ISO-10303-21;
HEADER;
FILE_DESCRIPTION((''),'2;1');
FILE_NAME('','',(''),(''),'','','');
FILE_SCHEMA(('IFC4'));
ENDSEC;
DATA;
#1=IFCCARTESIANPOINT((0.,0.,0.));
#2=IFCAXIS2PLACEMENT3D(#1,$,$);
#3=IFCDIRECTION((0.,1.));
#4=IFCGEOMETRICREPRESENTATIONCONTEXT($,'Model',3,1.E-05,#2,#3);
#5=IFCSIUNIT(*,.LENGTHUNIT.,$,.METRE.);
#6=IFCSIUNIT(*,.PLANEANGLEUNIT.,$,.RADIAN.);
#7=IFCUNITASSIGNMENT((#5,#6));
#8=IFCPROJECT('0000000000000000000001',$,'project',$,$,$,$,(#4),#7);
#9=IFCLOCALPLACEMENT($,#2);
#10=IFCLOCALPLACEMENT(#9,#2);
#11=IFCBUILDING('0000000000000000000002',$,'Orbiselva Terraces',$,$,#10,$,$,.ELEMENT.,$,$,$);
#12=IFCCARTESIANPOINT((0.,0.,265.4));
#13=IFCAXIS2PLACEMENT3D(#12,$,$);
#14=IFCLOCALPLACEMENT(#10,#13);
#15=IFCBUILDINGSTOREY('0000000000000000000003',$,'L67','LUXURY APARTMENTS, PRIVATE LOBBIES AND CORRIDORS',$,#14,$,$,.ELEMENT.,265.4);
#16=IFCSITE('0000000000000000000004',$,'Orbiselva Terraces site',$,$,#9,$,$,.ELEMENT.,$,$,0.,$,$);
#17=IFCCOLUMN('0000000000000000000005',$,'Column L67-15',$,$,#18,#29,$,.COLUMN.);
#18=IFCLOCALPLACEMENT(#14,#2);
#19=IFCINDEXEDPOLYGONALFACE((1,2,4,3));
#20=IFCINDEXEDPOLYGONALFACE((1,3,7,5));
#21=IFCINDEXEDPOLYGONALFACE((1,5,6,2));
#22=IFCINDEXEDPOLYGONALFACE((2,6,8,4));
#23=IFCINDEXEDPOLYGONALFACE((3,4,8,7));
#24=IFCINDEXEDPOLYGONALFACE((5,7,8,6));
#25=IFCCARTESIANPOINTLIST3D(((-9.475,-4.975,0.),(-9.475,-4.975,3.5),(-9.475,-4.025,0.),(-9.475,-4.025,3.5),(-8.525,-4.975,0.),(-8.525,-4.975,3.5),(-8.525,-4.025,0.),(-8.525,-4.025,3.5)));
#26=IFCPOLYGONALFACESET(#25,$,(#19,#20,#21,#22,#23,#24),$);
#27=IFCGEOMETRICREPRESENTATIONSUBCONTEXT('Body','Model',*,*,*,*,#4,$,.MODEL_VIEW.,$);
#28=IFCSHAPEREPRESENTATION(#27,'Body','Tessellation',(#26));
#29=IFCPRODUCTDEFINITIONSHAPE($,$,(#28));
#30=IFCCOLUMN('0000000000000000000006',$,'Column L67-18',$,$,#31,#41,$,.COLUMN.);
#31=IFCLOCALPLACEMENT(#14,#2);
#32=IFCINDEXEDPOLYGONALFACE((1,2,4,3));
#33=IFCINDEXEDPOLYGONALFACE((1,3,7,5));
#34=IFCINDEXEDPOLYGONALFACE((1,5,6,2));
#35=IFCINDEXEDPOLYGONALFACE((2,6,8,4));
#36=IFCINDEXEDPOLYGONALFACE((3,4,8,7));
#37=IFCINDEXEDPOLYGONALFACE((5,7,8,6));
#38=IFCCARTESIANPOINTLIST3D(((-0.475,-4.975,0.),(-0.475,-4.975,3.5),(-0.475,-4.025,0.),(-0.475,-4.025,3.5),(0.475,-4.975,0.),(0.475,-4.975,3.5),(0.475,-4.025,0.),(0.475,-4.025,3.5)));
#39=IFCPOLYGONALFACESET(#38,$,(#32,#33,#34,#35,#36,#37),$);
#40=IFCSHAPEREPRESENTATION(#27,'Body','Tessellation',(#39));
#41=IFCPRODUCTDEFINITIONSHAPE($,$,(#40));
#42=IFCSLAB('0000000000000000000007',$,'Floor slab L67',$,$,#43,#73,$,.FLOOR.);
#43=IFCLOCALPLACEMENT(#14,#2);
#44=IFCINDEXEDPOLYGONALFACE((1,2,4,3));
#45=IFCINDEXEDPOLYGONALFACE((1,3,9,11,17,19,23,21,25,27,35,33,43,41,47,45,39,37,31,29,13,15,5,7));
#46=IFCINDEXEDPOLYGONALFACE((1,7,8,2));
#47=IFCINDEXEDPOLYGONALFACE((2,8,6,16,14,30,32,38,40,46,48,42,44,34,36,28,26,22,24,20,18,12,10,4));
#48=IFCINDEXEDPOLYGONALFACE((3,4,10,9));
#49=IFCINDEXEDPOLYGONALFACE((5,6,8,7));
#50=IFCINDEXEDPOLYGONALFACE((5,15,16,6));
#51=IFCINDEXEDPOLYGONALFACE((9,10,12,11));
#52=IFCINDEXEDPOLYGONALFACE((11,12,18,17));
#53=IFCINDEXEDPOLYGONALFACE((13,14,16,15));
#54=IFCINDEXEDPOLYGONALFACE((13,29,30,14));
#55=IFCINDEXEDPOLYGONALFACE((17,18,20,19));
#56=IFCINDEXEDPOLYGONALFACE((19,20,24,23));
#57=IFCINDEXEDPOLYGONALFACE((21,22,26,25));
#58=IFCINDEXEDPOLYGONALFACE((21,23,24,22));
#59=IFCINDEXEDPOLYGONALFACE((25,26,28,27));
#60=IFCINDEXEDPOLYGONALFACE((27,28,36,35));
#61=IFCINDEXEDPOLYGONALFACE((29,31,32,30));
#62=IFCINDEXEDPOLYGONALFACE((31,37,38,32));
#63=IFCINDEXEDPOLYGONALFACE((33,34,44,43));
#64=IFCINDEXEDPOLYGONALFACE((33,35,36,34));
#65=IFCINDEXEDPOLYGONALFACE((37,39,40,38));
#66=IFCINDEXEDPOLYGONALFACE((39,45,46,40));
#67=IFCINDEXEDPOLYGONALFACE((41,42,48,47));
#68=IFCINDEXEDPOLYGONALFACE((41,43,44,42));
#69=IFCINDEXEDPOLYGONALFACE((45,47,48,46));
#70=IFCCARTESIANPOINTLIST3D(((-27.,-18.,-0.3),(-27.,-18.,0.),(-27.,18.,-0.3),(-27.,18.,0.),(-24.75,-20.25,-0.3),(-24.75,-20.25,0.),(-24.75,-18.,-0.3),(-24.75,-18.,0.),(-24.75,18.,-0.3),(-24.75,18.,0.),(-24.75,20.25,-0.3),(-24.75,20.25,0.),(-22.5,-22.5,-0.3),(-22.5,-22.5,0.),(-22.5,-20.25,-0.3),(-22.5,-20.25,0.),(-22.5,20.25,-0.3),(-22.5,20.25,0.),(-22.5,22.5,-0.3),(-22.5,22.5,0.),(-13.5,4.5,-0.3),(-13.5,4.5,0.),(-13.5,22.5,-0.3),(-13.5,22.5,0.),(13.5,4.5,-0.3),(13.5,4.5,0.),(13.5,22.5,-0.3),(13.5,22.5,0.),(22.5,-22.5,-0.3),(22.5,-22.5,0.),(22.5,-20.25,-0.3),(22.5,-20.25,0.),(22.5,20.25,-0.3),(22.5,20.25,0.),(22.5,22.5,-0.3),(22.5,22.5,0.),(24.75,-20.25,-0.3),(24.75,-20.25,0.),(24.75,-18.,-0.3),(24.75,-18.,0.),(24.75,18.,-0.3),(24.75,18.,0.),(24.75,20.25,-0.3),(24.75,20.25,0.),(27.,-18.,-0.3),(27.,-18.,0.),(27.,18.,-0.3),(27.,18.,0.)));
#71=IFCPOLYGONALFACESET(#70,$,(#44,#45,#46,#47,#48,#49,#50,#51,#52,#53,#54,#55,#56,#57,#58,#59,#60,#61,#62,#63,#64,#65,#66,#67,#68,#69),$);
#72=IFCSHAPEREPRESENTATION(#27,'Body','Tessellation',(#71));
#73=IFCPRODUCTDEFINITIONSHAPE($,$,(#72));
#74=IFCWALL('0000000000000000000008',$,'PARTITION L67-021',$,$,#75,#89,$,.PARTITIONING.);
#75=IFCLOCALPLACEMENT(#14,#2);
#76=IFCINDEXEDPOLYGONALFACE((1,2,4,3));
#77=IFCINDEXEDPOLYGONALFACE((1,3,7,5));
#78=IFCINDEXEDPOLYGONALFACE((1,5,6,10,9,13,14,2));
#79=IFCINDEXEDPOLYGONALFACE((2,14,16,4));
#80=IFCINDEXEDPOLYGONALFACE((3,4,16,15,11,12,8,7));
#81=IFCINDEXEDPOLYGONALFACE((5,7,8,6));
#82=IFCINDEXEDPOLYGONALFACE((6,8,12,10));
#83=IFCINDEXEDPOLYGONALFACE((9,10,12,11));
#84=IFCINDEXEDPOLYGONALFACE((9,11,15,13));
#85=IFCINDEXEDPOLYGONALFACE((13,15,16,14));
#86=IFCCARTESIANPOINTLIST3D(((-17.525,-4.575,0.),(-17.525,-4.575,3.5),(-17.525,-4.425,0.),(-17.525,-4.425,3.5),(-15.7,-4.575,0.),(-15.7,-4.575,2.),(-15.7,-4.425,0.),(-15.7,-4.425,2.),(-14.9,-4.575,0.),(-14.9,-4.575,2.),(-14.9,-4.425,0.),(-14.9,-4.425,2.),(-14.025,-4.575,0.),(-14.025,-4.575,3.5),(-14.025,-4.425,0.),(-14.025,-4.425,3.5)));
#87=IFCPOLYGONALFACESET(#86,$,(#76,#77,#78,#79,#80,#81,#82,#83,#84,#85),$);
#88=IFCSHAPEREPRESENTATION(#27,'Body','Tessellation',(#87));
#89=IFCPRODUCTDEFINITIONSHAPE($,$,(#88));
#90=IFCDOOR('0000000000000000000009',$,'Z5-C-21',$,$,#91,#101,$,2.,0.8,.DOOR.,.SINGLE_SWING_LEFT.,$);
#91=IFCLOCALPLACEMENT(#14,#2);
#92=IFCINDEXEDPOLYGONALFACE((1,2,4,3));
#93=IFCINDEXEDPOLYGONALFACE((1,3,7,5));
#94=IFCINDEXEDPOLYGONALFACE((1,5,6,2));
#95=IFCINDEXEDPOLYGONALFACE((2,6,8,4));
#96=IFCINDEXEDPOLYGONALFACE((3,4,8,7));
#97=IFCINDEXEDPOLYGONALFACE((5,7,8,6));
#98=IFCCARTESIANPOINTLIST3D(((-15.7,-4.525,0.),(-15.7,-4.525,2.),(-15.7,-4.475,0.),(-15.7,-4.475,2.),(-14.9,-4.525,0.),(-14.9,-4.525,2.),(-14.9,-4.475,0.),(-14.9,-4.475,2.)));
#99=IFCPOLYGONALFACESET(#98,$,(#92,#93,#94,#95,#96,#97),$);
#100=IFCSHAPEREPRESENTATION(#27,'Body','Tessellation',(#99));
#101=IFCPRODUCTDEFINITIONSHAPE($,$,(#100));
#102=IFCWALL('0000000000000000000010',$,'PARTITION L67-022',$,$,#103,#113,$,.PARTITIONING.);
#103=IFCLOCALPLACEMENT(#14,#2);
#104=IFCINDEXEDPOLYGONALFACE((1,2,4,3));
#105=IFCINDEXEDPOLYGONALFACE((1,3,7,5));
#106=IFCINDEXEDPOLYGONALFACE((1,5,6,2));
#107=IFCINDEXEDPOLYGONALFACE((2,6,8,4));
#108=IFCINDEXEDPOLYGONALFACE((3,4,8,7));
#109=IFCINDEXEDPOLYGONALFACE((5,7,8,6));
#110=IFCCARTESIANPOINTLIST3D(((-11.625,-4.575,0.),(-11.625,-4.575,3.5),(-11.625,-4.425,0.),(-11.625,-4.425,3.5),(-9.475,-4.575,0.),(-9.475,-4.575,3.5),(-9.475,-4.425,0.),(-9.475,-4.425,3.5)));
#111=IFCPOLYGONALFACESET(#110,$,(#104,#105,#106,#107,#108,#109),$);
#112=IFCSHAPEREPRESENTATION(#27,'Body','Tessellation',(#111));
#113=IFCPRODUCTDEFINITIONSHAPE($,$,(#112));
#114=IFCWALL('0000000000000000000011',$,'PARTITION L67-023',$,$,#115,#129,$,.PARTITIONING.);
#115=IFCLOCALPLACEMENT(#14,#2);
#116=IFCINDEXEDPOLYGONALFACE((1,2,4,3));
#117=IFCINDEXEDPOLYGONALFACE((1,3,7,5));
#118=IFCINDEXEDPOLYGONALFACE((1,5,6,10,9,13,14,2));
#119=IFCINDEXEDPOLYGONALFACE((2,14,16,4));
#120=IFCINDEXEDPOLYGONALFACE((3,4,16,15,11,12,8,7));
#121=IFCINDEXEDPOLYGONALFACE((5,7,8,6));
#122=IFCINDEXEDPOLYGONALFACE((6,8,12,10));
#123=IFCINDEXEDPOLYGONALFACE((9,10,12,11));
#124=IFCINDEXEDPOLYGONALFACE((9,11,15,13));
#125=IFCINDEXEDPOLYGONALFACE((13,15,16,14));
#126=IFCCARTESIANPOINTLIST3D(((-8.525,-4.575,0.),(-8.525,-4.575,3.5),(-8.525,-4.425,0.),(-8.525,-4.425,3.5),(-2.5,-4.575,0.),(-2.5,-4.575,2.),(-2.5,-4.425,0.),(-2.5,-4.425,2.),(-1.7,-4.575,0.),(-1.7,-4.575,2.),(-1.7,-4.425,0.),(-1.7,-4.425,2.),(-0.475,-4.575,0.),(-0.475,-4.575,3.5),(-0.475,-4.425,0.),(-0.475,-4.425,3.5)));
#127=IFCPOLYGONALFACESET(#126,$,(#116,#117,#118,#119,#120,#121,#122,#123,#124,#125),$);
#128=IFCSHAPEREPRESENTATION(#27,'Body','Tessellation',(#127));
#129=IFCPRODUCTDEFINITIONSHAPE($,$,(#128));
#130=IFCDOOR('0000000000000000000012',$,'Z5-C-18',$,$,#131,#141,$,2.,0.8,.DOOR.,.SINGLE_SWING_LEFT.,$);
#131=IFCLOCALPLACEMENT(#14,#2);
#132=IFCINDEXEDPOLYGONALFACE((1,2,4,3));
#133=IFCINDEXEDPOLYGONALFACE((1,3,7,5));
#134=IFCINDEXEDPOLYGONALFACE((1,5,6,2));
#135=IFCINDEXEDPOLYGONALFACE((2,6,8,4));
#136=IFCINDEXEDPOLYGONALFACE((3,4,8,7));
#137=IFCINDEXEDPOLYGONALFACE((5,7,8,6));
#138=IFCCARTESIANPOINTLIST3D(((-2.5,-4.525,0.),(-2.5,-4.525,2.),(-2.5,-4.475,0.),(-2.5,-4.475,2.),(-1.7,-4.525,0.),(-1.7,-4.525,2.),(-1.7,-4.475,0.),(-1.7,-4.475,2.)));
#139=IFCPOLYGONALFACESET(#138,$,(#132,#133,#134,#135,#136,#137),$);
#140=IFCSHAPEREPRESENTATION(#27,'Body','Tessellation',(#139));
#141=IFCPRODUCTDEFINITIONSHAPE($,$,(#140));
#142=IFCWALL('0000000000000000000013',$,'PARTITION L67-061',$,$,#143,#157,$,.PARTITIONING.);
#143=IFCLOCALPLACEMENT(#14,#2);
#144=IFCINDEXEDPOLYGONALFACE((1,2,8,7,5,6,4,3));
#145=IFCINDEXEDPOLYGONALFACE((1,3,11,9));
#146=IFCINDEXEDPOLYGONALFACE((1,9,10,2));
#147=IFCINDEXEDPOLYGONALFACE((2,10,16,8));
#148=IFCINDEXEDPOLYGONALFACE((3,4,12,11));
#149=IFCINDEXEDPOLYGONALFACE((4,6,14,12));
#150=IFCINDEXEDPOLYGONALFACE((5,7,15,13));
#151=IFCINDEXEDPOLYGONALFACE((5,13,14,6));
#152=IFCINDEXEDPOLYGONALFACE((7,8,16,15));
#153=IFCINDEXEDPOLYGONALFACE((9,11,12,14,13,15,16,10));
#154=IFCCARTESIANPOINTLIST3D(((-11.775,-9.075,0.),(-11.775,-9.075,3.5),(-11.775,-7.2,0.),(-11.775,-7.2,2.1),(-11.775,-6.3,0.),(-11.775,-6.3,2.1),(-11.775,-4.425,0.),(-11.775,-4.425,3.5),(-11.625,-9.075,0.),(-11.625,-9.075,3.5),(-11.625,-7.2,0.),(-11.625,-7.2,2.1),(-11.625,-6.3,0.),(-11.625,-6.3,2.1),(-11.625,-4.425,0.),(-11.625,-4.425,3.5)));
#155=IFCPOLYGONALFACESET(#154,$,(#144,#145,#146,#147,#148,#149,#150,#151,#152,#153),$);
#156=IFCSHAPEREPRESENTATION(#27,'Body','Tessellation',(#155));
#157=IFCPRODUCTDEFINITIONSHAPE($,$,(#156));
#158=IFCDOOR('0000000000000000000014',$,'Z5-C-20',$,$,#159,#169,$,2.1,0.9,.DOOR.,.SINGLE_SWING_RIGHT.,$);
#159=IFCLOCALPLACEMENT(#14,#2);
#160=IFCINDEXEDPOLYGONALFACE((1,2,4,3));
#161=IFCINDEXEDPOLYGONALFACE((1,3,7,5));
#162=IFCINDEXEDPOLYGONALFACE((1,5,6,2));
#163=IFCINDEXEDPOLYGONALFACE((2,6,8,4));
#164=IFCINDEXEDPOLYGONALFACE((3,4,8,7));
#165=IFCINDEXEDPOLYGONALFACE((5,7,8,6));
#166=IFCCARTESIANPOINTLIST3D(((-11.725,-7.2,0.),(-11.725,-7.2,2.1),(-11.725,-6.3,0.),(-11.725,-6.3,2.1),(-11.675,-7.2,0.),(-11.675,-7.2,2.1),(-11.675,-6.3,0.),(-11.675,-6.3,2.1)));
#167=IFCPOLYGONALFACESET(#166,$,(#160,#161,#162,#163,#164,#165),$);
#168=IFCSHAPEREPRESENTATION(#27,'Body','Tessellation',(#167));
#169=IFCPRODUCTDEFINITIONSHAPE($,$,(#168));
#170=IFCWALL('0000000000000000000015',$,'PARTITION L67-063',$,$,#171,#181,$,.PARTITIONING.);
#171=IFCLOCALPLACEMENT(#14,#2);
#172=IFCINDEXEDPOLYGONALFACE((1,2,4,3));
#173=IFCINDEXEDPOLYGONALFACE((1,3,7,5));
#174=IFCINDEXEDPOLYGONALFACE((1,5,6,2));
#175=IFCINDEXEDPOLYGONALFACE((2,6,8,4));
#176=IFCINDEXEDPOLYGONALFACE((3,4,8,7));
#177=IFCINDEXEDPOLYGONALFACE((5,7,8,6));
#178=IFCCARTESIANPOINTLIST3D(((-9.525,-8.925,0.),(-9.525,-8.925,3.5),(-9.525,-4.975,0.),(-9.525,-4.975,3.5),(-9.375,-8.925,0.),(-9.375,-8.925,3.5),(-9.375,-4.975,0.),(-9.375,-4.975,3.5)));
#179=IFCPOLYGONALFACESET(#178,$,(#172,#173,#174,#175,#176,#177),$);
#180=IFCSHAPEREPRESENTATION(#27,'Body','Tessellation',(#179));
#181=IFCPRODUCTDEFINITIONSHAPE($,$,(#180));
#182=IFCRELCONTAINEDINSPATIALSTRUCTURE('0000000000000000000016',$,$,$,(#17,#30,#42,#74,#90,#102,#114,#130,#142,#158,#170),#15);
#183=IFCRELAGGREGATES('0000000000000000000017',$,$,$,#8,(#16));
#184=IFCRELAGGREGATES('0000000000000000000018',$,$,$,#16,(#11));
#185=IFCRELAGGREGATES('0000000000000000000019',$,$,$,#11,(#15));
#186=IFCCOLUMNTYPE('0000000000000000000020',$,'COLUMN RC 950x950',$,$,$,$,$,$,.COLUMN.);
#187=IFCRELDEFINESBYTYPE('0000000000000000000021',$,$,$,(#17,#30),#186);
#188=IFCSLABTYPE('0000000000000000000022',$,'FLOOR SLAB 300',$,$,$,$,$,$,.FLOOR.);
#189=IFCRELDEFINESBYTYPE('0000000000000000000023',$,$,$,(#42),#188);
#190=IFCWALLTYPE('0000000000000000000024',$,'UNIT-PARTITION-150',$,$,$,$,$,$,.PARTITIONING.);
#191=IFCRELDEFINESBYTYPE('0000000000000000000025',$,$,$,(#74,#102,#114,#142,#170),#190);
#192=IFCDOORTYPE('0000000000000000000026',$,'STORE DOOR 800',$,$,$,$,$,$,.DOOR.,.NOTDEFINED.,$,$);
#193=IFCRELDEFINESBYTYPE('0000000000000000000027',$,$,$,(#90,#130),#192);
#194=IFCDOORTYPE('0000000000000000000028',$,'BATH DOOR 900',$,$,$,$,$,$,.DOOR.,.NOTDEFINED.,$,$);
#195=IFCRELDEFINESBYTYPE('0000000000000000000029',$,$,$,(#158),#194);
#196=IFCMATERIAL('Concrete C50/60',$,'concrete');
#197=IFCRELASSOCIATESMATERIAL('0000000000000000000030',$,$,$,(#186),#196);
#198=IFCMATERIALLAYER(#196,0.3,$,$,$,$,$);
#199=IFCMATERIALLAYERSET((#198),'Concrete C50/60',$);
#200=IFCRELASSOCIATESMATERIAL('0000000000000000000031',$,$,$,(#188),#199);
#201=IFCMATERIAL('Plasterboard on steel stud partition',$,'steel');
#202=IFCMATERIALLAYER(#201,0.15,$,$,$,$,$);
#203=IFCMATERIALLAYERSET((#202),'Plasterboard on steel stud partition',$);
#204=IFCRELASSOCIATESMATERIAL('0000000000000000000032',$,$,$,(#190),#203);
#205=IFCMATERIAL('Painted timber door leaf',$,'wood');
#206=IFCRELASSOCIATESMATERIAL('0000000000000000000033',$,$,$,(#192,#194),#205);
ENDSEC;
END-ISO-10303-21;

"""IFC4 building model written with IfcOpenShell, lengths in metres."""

from ifc_helpers import new_model, si_unit, direction, frame, frame_2d, origin, origin_2d, place, context, subcontext, project, spatial, polyline, rectangle, outline, extrude, material, layer, layer_set, material_profile, profile_set, type_object, element, fill, save


model = new_model("IFC4")

# Units and contexts
model_context = context("Model", 3, precision=1e-05, world=origin(), true_north=direction((0.0, 1.0)))
body_context = subcontext(model_context, "Body", "Model", "MODEL_VIEW")
ifc_project = project(units=[si_unit("LENGTHUNIT", "METRE"), si_unit("PLANEANGLEUNIT", "RADIAN")], contexts=[model_context])

# Site, building, storey
site_placement = place(None, origin())
site = spatial("IfcSite", under=ifc_project, at=site_placement, Name="Orbiselva Terraces site", CompositionType="ELEMENT", RefElevation=0.0)
building_placement = place(site_placement, origin())
building = spatial("IfcBuilding", under=site, at=building_placement, Name="Orbiselva Terraces", CompositionType="ELEMENT")
storey_placement = place(building_placement, frame((0.0, 0.0, 265.4)))
storey = spatial("IfcBuildingStorey", under=building, at=storey_placement, Name="L67", Description="LUXURY APARTMENTS, PRIVATE LOBBIES AND CORRIDORS", CompositionType="ELEMENT", Elevation=265.4)

# Columns
ifc_material_1 = material(Name="Concrete C50/60", Category="concrete")
ifc_material_profile = material_profile(ifc_material_1, rectangle(XDim=0.95, YDim=0.95, at=origin_2d()), Name="RC 950x950")
ifc_profile_set = profile_set([ifc_material_profile], Name="Concrete C50/60")
column_type = type_object("IfcColumnType", Name="COLUMN RC 950x950", PredefinedType="COLUMN", material=ifc_profile_set)
for number, where, z_axis, x_axis, name in (
    (1, (-9.0, -4.5, 0.0), (0.0, 0.0, 1.0), (1.0, 0.0, 0.0), "Column L67-15"),
    (2, (0.0, -4.5, 0.0), (0.0, 0.0, 1.0), (1.0, 0.0, 0.0), "Column L67-18"),
):
    element("IfcColumn", number, at=place(storey_placement, frame(where, z_axis=z_axis, x_axis=x_axis)), inside=storey, type_object=column_type, Name=name, PredefinedType="COLUMN", context=body_context, shape_type="SweptSolid", body=[
        extrude(rectangle(XDim=0.95, YDim=0.95, at=origin_2d()), origin(), (0.0, 0.0, 1.0), 3.5),
    ])

# Slab
ifc_layer_1 = layer(ifc_material_1, 0.3)
ifc_layer_set_1 = layer_set([ifc_layer_1], Name="Concrete C50/60")
slab_type = type_object("IfcSlabType", Name="FLOOR SLAB 300", PredefinedType="FLOOR", material=ifc_layer_set_1)
slab_placement = place(storey_placement, frame((0.0, 0.0, -0.3)))
element("IfcSlab", 3, at=slab_placement, inside=storey, type_object=slab_type, Name="Floor slab L67", PredefinedType="FLOOR", context=body_context, shape_type="SweptSolid", body=[
    extrude(outline(polyline([(22.5, 22.5), (22.5, 20.25), (24.75, 20.25), (24.75, 18.0), (27.0, 18.0), (27.0, -18.0), (24.75, -18.0), (24.75, -20.25), (22.5, -20.25), (22.5, -22.5), (-22.5, -22.5), (-22.5, -20.25), (-24.75, -20.25), (-24.75, -18.0), (-27.0, -18.0), (-27.0, 18.0), (-24.75, 18.0), (-24.75, 20.25), (-22.5, 20.25), (-22.5, 22.5), (-13.5, 22.5), (-13.5, 4.5), (13.5, 4.5), (13.5, 22.5), (22.5, 22.5)])), origin(), (0.0, 0.0, 1.0), 0.3),
])

# Wall, opening, door
ifc_material_2 = material(Name="Plasterboard on steel stud partition", Category="steel")
ifc_layer_2 = layer(ifc_material_2, 0.15)
ifc_layer_set_2 = layer_set([ifc_layer_2], Name="Plasterboard on steel stud partition")
wall_type = type_object("IfcWallType", Name="UNIT-PARTITION-150", PredefinedType="PARTITIONING", material=ifc_layer_set_2)
wall_1_placement = place(storey_placement, frame((-14.025, -4.5, 0.0), z_axis=(0.0, 0.0, 1.0), x_axis=(-1.0, 0.0, 0.0)))
wall_1 = element("IfcWall", 4, at=wall_1_placement, inside=storey, type_object=wall_type, Name="PARTITION L67-021", PredefinedType="PARTITIONING", context=body_context, shape_type="SweptSolid", body=[
    extrude(rectangle(XDim=3.5, YDim=0.15, at=frame_2d((1.75, 0.0))), origin(), (0.0, 0.0, 1.0), 3.5),
])
opening_1_placement = place(wall_1_placement, frame((0.875, 0.0, 0.0)))
opening_1 = element("IfcOpeningElement", 5, at=opening_1_placement, cuts=wall_1, PredefinedType="OPENING", context=body_context, shape_type="SweptSolid", body=[
    extrude(rectangle(XDim=0.8, YDim=2.0, at=frame_2d((0.4, 1.0))), frame((0.0, 0.085, 0.0), z_axis=(0.0, -1.0, 0.0), x_axis=(1.0, 0.0, 0.0)), (0.0, 0.0, 1.0), 0.17),
])
ifc_material_3 = material(Name="Painted timber door leaf", Category="wood")
door_type_1 = type_object("IfcDoorType", Name="STORE DOOR 800", OperationType="NOTDEFINED", PredefinedType="DOOR", material=ifc_material_3)
door_1_placement = place(opening_1_placement, origin())
door_1 = element("IfcDoor", 6, at=door_1_placement, inside=storey, type_object=door_type_1, Name="Z5-C-21", OperationType="SINGLE_SWING_LEFT", OverallHeight=2.0, OverallWidth=0.8, PredefinedType="DOOR", context=body_context, shape_type="SweptSolid", body=[
    extrude(rectangle(XDim=0.8, YDim=2.0, at=frame_2d((0.4, 1.0))), frame((0.0, 0.025, 0.0), z_axis=(0.0, -1.0, 0.0), x_axis=(1.0, 0.0, 0.0)), (0.0, 0.0, 1.0), 0.05),
])
fill(opening_1, door_1)

# Wall
wall_2_placement = place(storey_placement, frame((-11.625, -4.5, 0.0), z_axis=(0.0, 0.0, 1.0), x_axis=(1.0, 0.0, 0.0)))
element("IfcWall", 7, at=wall_2_placement, inside=storey, type_object=wall_type, Name="PARTITION L67-022", PredefinedType="PARTITIONING", context=body_context, shape_type="SweptSolid", body=[
    extrude(rectangle(XDim=2.15, YDim=0.15, at=frame_2d((1.075, 0.0))), origin(), (0.0, 0.0, 1.0), 3.5),
])

# Walls, openings, doors
wall_3_placement = place(storey_placement, frame((-0.475, -4.5, 0.0), z_axis=(0.0, 0.0, 1.0), x_axis=(-1.0, 0.0, 0.0)))
wall_3 = element("IfcWall", 8, at=wall_3_placement, inside=storey, type_object=wall_type, Name="PARTITION L67-023", PredefinedType="PARTITIONING", context=body_context, shape_type="SweptSolid", body=[
    extrude(rectangle(XDim=8.05, YDim=0.15, at=frame_2d((4.025, 0.0))), origin(), (0.0, 0.0, 1.0), 3.5),
])
opening_2_placement = place(wall_3_placement, frame((1.225, 0.0, 0.0)))
opening_2 = element("IfcOpeningElement", 9, at=opening_2_placement, cuts=wall_3, PredefinedType="OPENING", context=body_context, shape_type="SweptSolid", body=[
    extrude(rectangle(XDim=0.8, YDim=2.0, at=frame_2d((0.4, 1.0))), frame((0.0, 0.085, 0.0), z_axis=(0.0, -1.0, 0.0), x_axis=(1.0, 0.0, 0.0)), (0.0, 0.0, 1.0), 0.17),
])
door_2_placement = place(opening_2_placement, origin())
door_2 = element("IfcDoor", 10, at=door_2_placement, inside=storey, type_object=door_type_1, Name="Z5-C-18", OperationType="SINGLE_SWING_LEFT", OverallHeight=2.0, OverallWidth=0.8, PredefinedType="DOOR", context=body_context, shape_type="SweptSolid", body=[
    extrude(rectangle(XDim=0.8, YDim=2.0, at=frame_2d((0.4, 1.0))), frame((0.0, 0.025, 0.0), z_axis=(0.0, -1.0, 0.0), x_axis=(1.0, 0.0, 0.0)), (0.0, 0.0, 1.0), 0.05),
])
fill(opening_2, door_2)
wall_4_placement = place(storey_placement, frame((-11.7, -4.425, 0.0), z_axis=(0.0, 0.0, 1.0), x_axis=(0.0, -1.0, 0.0)))
wall_4 = element("IfcWall", 11, at=wall_4_placement, inside=storey, type_object=wall_type, Name="PARTITION L67-061", PredefinedType="PARTITIONING", context=body_context, shape_type="SweptSolid", body=[
    extrude(rectangle(XDim=4.65, YDim=0.15, at=frame_2d((2.325, 0.0))), origin(), (0.0, 0.0, 1.0), 3.5),
])
opening_3_placement = place(wall_4_placement, frame((1.875, 0.0, 0.0)))
opening_3 = element("IfcOpeningElement", 12, at=opening_3_placement, cuts=wall_4, PredefinedType="OPENING", context=body_context, shape_type="SweptSolid", body=[
    extrude(rectangle(XDim=0.9, YDim=2.1, at=frame_2d((0.45, 1.05))), frame((0.0, 0.085, 0.0), z_axis=(0.0, -1.0, 0.0), x_axis=(1.0, 0.0, 0.0)), (0.0, 0.0, 1.0), 0.17),
])
door_type_2 = type_object("IfcDoorType", Name="BATH DOOR 900", OperationType="NOTDEFINED", PredefinedType="DOOR", material=ifc_material_3)
door_3_placement = place(opening_3_placement, origin())
door_3 = element("IfcDoor", 13, at=door_3_placement, inside=storey, type_object=door_type_2, Name="Z5-C-20", OperationType="SINGLE_SWING_RIGHT", OverallHeight=2.1, OverallWidth=0.9, PredefinedType="DOOR", context=body_context, shape_type="SweptSolid", body=[
    extrude(rectangle(XDim=0.9, YDim=2.1, at=frame_2d((0.45, 1.05))), frame((0.0, 0.025, 0.0), z_axis=(0.0, -1.0, 0.0), x_axis=(1.0, 0.0, 0.0)), (0.0, 0.0, 1.0), 0.05),
])
fill(opening_3, door_3)

# Wall
wall_5_placement = place(storey_placement, frame((-9.45, -8.925, 0.0), z_axis=(0.0, 0.0, 1.0), x_axis=(0.0, 1.0, 0.0)))
element("IfcWall", 14, at=wall_5_placement, inside=storey, type_object=wall_type, Name="PARTITION L67-063", PredefinedType="PARTITIONING", context=body_context, shape_type="SweptSolid", body=[
    extrude(rectangle(XDim=3.95, YDim=0.15, at=frame_2d((1.975, 0.0))), origin(), (0.0, 0.0, 1.0), 3.5),
])

save(model, "model.ifc")
